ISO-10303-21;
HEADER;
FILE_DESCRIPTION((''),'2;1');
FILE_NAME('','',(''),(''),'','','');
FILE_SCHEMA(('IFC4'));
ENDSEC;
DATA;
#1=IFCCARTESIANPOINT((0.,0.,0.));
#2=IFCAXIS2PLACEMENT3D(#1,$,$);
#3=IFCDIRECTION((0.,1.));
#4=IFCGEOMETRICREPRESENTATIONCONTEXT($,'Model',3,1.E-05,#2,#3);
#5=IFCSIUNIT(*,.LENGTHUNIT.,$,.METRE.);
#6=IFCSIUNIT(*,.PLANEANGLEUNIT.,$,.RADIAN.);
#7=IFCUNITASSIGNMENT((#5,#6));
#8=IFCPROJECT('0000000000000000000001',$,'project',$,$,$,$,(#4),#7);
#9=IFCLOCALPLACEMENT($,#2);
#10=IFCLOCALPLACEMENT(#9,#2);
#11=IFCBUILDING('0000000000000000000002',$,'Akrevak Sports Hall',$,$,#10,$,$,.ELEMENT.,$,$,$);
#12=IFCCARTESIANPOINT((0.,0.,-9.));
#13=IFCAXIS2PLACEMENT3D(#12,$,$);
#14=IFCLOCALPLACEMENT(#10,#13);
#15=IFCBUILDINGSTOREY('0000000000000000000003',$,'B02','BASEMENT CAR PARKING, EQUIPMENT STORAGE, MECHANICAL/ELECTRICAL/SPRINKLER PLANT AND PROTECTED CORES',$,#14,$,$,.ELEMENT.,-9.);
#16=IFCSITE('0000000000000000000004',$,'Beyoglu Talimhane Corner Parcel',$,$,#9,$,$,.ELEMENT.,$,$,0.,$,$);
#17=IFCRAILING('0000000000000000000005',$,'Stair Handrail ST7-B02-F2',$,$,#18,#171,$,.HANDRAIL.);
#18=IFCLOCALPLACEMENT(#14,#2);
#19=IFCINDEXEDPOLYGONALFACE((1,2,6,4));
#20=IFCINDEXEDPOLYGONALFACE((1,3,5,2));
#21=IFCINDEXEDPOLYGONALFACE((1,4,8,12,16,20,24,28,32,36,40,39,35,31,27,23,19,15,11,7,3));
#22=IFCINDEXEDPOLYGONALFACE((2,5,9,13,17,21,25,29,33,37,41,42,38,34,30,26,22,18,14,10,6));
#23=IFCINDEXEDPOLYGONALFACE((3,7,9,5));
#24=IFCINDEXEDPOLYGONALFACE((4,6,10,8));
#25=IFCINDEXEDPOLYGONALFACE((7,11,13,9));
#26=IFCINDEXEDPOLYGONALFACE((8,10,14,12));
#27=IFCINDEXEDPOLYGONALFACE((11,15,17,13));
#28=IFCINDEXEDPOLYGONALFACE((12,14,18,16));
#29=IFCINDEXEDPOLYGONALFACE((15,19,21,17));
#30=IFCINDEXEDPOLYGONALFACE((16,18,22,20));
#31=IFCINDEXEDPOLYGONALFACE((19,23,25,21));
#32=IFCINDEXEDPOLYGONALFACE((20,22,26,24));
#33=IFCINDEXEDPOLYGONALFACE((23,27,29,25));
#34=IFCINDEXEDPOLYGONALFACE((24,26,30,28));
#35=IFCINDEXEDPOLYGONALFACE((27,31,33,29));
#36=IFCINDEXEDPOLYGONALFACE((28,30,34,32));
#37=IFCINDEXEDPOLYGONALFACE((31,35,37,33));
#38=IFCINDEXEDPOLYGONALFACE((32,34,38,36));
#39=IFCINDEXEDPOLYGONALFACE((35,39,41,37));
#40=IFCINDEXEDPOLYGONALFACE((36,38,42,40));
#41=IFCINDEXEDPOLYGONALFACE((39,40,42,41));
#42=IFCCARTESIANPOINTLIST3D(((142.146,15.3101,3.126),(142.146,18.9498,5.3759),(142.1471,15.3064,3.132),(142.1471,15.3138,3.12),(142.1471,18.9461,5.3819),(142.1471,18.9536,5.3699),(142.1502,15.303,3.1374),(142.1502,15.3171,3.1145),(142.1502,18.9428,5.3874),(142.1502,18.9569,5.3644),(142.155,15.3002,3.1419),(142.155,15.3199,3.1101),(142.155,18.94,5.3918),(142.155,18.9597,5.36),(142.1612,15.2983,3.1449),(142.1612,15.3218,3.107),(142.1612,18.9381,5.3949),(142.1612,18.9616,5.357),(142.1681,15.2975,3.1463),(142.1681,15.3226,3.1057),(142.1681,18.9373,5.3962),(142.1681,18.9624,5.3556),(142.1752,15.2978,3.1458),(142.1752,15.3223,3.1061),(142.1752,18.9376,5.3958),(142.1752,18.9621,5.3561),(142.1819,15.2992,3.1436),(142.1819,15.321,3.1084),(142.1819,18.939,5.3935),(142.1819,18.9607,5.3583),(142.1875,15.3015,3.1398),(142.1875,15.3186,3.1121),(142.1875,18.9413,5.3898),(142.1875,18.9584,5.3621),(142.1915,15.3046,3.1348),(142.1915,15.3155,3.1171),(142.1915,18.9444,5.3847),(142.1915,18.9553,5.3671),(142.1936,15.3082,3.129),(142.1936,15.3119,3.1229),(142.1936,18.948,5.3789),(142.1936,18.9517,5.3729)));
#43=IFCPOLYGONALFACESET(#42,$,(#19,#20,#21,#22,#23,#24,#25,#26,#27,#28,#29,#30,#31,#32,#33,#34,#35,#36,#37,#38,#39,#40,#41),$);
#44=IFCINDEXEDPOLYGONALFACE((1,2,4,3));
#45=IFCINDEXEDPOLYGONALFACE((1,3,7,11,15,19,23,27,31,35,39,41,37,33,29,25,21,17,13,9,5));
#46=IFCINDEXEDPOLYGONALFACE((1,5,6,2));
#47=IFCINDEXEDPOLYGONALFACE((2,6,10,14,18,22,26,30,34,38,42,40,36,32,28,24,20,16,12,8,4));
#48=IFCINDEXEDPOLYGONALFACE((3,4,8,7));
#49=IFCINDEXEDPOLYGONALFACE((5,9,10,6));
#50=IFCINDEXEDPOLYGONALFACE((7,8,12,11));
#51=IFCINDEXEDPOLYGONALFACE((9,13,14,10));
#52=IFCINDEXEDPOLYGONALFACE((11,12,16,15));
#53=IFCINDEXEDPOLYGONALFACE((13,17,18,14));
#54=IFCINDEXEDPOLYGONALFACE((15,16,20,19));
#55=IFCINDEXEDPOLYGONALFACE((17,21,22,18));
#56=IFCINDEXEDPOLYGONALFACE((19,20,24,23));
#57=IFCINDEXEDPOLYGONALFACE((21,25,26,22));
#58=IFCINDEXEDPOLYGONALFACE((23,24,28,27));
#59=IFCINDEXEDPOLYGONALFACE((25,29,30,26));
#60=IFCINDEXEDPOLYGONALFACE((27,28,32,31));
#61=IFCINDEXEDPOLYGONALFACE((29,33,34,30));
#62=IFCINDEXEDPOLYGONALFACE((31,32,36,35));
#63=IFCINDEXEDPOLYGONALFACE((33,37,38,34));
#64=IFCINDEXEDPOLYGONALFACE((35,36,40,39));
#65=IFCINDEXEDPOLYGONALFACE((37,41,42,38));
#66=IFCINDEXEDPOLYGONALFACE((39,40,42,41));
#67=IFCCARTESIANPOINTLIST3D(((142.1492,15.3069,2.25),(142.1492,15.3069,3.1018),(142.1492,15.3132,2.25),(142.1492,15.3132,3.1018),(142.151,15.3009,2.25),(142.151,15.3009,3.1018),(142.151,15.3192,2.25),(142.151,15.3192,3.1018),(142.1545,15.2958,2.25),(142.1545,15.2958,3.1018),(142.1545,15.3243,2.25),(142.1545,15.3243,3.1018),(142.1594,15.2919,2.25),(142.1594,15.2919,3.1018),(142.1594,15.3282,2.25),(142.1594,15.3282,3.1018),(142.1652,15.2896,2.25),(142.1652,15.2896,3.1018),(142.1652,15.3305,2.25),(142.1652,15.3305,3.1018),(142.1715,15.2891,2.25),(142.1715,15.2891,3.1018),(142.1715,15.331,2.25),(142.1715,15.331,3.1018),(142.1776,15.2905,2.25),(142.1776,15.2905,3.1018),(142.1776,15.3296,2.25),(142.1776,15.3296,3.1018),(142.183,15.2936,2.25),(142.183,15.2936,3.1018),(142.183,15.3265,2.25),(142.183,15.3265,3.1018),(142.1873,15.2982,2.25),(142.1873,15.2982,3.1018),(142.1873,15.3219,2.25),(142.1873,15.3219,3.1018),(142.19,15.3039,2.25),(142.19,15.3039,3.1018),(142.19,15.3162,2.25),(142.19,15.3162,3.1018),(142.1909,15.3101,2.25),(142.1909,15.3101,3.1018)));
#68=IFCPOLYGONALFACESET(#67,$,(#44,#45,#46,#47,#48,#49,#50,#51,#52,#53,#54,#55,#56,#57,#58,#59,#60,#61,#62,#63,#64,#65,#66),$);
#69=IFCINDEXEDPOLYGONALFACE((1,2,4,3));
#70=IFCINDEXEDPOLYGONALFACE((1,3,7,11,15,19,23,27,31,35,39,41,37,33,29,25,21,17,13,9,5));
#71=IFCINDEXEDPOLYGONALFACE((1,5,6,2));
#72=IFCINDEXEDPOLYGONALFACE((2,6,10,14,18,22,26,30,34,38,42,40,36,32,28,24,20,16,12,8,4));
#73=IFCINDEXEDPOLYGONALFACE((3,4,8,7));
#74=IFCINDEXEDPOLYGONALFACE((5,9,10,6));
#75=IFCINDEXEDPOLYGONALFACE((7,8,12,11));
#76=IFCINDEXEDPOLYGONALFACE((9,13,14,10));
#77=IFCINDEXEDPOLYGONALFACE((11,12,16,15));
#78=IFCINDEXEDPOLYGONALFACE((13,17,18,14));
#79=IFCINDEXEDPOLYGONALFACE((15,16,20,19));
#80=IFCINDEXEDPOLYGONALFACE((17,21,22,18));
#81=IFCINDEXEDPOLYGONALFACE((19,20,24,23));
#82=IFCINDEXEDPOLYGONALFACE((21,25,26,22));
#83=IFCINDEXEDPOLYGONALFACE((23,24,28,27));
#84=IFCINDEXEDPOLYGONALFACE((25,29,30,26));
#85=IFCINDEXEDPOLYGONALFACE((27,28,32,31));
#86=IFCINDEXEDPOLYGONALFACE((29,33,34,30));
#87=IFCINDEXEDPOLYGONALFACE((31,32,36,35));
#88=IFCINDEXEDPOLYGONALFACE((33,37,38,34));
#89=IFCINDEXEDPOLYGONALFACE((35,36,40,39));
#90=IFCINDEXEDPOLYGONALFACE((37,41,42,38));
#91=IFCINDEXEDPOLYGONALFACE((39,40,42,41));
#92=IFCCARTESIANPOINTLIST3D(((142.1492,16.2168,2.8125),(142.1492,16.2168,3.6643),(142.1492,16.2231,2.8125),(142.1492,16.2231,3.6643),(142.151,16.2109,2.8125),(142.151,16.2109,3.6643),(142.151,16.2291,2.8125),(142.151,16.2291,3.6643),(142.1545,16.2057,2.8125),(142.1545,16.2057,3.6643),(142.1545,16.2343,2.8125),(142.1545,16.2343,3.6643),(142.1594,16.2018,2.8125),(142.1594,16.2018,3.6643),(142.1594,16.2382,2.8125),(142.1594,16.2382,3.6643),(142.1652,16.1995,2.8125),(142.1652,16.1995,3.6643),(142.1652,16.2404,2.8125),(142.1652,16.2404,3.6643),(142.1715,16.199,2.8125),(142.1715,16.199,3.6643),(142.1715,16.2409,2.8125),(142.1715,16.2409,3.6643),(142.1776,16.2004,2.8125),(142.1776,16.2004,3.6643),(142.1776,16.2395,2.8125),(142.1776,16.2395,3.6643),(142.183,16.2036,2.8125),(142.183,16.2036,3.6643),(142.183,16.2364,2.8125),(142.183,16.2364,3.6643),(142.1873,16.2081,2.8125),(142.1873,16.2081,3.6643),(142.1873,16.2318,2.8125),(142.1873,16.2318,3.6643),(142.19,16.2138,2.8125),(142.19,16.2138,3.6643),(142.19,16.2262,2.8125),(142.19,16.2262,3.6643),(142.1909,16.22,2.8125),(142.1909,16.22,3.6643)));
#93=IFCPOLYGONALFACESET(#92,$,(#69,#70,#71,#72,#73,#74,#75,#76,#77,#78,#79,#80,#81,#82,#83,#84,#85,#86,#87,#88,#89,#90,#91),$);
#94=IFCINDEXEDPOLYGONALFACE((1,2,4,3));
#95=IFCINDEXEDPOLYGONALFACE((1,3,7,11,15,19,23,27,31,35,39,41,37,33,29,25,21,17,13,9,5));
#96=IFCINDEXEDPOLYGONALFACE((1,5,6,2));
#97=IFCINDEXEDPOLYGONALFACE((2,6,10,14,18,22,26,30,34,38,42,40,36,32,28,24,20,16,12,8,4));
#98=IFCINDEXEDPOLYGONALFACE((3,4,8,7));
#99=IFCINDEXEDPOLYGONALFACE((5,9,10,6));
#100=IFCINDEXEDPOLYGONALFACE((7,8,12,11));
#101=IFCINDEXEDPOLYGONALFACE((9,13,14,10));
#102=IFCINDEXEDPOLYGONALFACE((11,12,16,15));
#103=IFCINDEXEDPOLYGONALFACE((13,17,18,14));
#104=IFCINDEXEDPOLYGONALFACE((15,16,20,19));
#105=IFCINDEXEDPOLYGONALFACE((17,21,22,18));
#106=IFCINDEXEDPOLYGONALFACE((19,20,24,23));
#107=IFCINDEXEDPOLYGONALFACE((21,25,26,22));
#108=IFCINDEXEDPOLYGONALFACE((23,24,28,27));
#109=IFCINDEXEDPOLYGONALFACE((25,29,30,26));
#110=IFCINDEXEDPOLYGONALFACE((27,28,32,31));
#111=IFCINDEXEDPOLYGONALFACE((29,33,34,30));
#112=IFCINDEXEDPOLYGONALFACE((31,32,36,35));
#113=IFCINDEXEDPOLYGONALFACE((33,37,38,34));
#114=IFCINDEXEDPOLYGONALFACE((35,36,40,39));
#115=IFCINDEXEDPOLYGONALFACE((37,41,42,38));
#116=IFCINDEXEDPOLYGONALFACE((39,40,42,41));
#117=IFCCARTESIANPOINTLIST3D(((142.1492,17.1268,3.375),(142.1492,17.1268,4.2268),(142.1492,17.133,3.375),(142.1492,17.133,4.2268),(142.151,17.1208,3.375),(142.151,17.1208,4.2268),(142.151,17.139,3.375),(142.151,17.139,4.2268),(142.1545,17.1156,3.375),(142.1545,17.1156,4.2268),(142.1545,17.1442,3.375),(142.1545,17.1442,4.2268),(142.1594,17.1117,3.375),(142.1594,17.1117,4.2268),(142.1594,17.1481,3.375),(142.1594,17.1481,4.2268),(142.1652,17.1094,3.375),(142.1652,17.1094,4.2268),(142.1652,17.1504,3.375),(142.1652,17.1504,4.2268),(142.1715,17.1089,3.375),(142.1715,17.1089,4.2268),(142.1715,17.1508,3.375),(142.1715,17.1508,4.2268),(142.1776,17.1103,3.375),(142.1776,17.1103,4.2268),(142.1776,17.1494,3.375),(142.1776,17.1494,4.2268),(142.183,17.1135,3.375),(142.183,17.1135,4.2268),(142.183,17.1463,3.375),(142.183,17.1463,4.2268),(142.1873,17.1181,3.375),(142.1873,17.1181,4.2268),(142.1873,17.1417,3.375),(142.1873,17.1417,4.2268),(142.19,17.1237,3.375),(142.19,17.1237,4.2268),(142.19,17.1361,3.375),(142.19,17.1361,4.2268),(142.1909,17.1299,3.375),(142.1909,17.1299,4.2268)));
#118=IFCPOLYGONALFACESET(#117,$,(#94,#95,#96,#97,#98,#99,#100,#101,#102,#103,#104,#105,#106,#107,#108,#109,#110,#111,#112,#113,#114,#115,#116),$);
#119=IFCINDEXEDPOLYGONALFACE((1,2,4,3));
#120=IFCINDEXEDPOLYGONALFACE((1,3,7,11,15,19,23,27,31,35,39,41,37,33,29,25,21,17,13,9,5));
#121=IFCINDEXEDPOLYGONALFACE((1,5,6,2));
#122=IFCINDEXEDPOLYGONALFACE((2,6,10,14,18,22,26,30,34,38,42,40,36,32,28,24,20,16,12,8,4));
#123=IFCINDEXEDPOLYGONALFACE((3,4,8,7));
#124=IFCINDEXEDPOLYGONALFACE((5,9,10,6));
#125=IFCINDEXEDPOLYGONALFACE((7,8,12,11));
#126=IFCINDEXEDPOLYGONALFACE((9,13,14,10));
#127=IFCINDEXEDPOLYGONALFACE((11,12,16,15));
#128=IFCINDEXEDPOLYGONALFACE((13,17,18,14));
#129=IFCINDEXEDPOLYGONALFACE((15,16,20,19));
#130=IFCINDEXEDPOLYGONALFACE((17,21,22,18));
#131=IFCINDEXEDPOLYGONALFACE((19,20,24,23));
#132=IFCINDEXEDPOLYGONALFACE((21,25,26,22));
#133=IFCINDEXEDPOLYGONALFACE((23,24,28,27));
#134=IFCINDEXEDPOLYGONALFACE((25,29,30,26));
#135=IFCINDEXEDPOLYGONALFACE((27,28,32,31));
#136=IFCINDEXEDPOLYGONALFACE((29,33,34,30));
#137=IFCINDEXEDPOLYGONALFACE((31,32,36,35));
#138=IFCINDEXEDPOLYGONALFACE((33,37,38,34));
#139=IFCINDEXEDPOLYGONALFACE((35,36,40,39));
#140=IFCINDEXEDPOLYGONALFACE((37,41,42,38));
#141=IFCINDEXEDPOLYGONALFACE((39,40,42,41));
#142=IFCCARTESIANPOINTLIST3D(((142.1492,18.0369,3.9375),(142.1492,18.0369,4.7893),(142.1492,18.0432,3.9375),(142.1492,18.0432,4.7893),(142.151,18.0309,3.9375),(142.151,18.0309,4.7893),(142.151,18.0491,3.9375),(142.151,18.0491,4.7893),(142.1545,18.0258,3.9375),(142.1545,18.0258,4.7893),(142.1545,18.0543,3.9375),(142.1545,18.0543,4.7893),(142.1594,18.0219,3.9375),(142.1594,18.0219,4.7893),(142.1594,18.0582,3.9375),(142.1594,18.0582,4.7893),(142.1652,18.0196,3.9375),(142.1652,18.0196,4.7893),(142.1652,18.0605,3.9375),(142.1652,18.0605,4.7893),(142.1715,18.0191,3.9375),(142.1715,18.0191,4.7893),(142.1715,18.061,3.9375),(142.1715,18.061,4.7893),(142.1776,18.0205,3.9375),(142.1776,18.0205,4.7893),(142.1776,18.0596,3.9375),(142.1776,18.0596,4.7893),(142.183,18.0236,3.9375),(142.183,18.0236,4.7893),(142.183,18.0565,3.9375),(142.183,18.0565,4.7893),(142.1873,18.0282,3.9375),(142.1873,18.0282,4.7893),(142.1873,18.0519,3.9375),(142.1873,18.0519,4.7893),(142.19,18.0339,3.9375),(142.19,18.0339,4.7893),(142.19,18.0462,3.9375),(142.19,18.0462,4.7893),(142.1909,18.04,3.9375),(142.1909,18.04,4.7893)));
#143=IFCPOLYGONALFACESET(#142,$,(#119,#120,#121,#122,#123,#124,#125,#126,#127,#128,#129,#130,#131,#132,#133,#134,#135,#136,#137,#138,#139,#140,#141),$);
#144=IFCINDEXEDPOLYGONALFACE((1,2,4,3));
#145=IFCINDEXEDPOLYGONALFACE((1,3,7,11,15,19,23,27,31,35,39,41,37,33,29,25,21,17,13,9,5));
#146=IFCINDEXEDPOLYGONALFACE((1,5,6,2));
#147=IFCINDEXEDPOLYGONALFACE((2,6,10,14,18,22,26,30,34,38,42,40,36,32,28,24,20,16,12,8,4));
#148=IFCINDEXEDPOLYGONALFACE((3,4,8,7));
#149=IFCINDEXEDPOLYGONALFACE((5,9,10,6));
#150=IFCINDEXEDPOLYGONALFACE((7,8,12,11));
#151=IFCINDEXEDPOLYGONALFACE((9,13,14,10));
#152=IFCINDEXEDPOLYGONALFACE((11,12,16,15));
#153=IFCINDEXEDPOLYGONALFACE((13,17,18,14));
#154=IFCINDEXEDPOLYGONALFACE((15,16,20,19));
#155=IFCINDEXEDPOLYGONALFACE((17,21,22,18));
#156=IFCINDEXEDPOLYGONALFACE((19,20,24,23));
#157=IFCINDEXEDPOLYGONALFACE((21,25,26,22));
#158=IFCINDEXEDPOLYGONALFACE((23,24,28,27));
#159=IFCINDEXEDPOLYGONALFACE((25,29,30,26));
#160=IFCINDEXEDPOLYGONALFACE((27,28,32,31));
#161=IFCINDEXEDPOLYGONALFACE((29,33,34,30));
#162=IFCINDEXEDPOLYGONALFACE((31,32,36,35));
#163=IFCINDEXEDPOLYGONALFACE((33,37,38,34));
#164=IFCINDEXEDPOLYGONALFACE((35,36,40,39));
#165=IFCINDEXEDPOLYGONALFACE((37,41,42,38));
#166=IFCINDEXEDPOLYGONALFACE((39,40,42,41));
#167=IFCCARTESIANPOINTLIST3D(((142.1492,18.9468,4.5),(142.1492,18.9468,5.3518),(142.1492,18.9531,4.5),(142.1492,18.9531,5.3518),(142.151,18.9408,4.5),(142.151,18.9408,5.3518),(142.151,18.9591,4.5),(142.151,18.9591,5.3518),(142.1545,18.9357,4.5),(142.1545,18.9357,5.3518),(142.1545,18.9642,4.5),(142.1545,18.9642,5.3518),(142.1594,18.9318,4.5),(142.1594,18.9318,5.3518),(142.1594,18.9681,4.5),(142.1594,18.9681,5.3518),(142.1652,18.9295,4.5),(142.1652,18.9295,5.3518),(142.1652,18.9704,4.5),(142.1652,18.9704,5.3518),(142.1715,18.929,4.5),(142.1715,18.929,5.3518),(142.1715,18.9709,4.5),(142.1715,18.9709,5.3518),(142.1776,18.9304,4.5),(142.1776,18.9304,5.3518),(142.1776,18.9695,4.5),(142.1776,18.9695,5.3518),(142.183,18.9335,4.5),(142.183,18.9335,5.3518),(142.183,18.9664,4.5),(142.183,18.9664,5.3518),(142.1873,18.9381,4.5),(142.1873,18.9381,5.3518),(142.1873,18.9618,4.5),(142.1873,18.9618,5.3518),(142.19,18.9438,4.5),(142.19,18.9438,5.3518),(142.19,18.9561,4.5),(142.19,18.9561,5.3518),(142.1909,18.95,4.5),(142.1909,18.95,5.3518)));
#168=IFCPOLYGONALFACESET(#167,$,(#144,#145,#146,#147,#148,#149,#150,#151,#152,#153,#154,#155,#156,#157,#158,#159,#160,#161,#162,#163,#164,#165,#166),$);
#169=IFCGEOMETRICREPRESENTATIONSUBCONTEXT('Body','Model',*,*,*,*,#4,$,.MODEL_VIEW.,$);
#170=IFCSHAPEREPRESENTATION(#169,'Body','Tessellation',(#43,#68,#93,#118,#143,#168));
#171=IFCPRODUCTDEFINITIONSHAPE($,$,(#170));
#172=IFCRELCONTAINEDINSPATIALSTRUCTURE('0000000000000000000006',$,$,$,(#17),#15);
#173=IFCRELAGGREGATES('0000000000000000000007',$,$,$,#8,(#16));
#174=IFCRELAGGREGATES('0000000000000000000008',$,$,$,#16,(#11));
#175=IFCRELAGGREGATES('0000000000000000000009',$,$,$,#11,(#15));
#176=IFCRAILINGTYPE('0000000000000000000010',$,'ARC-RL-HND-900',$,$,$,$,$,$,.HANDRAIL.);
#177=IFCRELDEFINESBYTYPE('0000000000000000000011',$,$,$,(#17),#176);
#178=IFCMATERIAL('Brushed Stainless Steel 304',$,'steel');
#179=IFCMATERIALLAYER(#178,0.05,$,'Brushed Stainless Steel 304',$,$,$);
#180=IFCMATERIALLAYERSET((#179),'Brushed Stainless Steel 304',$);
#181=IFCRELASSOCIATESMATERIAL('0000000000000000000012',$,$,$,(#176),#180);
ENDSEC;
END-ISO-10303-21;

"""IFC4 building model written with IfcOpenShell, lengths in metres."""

from ifc_helpers import new_model, si_unit, direction, frame, origin, origin_2d, place, context, subcontext, project, spatial, circle, extrude, material, layer, layer_set, type_object, element, save


model = new_model("IFC4")

# Units and contexts
model_context = context("Model", 3, precision=1e-05, world=origin(), true_north=direction((0.0, 1.0)))
body_context = subcontext(model_context, "Body", "Model", "MODEL_VIEW")
ifc_project = project(units=[si_unit("LENGTHUNIT", "METRE"), si_unit("PLANEANGLEUNIT", "RADIAN")], contexts=[model_context])

# Site, building, storey
site_placement = place(None, origin())
site = spatial("IfcSite", under=ifc_project, at=site_placement, Name="Beyoglu Talimhane Corner Parcel", CompositionType="ELEMENT", RefElevation=0.0)
building_placement = place(site_placement, origin())
building = spatial("IfcBuilding", under=site, at=building_placement, Name="Akrevak Sports Hall", CompositionType="ELEMENT")
storey_placement = place(building_placement, frame((0.0, 0.0, -9.0)))
storey = spatial("IfcBuildingStorey", under=building, at=storey_placement, Name="B02", Description="BASEMENT CAR PARKING, EQUIPMENT STORAGE, MECHANICAL/ELECTRICAL/SPRINKLER PLANT AND PROTECTED CORES", CompositionType="ELEMENT", Elevation=-9.0)

# Railing
ifc_material_1 = material(Name="Brushed Stainless Steel 304", Category="steel")
ifc_layer_1 = layer(ifc_material_1, 0.05, Name="Brushed Stainless Steel 304")
ifc_layer_set_1 = layer_set([ifc_layer_1], Name="Brushed Stainless Steel 304")
railing_type_1 = type_object("IfcRailingType", Name="ARC-RL-HND-900", PredefinedType="HANDRAIL", material=ifc_layer_set_1)
railing_1_placement = place(storey_placement, frame((142.1699, 15.3101, 2.25)))
element("IfcRailing", 1, at=railing_1_placement, inside=storey, type_object=railing_type_1, Name="Stair Handrail ST7-B02-F2", PredefinedType="HANDRAIL", context=body_context, shape_type="SweptSolid", body=[
    extrude(circle(Radius=0.0239, at=origin_2d()), frame((0.0, 0.0, 0.876), z_axis=(0.0, 0.850607, 0.525803), x_axis=(-1.0, 0.0, 0.0)), (0.0, 0.0, 1.0), 4.2791),
    extrude(circle(Radius=0.021, at=origin_2d()), origin(), (0.0, 0.0, 1.0), 0.8518),
    extrude(circle(Radius=0.021, at=origin_2d()), frame((0.0, 0.9099, 0.5625)), (0.0, 0.0, 1.0), 0.8518),
    extrude(circle(Radius=0.021, at=origin_2d()), frame((0.0, 1.8198, 1.125)), (0.0, 0.0, 1.0), 0.8518),
    extrude(circle(Radius=0.021, at=origin_2d()), frame((0.0, 2.73, 1.6875)), (0.0, 0.0, 1.0), 0.8518),
    extrude(circle(Radius=0.021, at=origin_2d()), frame((0.0, 3.6399, 2.25)), (0.0, 0.0, 1.0), 0.8518),
])

save(model, "model.ifc")
